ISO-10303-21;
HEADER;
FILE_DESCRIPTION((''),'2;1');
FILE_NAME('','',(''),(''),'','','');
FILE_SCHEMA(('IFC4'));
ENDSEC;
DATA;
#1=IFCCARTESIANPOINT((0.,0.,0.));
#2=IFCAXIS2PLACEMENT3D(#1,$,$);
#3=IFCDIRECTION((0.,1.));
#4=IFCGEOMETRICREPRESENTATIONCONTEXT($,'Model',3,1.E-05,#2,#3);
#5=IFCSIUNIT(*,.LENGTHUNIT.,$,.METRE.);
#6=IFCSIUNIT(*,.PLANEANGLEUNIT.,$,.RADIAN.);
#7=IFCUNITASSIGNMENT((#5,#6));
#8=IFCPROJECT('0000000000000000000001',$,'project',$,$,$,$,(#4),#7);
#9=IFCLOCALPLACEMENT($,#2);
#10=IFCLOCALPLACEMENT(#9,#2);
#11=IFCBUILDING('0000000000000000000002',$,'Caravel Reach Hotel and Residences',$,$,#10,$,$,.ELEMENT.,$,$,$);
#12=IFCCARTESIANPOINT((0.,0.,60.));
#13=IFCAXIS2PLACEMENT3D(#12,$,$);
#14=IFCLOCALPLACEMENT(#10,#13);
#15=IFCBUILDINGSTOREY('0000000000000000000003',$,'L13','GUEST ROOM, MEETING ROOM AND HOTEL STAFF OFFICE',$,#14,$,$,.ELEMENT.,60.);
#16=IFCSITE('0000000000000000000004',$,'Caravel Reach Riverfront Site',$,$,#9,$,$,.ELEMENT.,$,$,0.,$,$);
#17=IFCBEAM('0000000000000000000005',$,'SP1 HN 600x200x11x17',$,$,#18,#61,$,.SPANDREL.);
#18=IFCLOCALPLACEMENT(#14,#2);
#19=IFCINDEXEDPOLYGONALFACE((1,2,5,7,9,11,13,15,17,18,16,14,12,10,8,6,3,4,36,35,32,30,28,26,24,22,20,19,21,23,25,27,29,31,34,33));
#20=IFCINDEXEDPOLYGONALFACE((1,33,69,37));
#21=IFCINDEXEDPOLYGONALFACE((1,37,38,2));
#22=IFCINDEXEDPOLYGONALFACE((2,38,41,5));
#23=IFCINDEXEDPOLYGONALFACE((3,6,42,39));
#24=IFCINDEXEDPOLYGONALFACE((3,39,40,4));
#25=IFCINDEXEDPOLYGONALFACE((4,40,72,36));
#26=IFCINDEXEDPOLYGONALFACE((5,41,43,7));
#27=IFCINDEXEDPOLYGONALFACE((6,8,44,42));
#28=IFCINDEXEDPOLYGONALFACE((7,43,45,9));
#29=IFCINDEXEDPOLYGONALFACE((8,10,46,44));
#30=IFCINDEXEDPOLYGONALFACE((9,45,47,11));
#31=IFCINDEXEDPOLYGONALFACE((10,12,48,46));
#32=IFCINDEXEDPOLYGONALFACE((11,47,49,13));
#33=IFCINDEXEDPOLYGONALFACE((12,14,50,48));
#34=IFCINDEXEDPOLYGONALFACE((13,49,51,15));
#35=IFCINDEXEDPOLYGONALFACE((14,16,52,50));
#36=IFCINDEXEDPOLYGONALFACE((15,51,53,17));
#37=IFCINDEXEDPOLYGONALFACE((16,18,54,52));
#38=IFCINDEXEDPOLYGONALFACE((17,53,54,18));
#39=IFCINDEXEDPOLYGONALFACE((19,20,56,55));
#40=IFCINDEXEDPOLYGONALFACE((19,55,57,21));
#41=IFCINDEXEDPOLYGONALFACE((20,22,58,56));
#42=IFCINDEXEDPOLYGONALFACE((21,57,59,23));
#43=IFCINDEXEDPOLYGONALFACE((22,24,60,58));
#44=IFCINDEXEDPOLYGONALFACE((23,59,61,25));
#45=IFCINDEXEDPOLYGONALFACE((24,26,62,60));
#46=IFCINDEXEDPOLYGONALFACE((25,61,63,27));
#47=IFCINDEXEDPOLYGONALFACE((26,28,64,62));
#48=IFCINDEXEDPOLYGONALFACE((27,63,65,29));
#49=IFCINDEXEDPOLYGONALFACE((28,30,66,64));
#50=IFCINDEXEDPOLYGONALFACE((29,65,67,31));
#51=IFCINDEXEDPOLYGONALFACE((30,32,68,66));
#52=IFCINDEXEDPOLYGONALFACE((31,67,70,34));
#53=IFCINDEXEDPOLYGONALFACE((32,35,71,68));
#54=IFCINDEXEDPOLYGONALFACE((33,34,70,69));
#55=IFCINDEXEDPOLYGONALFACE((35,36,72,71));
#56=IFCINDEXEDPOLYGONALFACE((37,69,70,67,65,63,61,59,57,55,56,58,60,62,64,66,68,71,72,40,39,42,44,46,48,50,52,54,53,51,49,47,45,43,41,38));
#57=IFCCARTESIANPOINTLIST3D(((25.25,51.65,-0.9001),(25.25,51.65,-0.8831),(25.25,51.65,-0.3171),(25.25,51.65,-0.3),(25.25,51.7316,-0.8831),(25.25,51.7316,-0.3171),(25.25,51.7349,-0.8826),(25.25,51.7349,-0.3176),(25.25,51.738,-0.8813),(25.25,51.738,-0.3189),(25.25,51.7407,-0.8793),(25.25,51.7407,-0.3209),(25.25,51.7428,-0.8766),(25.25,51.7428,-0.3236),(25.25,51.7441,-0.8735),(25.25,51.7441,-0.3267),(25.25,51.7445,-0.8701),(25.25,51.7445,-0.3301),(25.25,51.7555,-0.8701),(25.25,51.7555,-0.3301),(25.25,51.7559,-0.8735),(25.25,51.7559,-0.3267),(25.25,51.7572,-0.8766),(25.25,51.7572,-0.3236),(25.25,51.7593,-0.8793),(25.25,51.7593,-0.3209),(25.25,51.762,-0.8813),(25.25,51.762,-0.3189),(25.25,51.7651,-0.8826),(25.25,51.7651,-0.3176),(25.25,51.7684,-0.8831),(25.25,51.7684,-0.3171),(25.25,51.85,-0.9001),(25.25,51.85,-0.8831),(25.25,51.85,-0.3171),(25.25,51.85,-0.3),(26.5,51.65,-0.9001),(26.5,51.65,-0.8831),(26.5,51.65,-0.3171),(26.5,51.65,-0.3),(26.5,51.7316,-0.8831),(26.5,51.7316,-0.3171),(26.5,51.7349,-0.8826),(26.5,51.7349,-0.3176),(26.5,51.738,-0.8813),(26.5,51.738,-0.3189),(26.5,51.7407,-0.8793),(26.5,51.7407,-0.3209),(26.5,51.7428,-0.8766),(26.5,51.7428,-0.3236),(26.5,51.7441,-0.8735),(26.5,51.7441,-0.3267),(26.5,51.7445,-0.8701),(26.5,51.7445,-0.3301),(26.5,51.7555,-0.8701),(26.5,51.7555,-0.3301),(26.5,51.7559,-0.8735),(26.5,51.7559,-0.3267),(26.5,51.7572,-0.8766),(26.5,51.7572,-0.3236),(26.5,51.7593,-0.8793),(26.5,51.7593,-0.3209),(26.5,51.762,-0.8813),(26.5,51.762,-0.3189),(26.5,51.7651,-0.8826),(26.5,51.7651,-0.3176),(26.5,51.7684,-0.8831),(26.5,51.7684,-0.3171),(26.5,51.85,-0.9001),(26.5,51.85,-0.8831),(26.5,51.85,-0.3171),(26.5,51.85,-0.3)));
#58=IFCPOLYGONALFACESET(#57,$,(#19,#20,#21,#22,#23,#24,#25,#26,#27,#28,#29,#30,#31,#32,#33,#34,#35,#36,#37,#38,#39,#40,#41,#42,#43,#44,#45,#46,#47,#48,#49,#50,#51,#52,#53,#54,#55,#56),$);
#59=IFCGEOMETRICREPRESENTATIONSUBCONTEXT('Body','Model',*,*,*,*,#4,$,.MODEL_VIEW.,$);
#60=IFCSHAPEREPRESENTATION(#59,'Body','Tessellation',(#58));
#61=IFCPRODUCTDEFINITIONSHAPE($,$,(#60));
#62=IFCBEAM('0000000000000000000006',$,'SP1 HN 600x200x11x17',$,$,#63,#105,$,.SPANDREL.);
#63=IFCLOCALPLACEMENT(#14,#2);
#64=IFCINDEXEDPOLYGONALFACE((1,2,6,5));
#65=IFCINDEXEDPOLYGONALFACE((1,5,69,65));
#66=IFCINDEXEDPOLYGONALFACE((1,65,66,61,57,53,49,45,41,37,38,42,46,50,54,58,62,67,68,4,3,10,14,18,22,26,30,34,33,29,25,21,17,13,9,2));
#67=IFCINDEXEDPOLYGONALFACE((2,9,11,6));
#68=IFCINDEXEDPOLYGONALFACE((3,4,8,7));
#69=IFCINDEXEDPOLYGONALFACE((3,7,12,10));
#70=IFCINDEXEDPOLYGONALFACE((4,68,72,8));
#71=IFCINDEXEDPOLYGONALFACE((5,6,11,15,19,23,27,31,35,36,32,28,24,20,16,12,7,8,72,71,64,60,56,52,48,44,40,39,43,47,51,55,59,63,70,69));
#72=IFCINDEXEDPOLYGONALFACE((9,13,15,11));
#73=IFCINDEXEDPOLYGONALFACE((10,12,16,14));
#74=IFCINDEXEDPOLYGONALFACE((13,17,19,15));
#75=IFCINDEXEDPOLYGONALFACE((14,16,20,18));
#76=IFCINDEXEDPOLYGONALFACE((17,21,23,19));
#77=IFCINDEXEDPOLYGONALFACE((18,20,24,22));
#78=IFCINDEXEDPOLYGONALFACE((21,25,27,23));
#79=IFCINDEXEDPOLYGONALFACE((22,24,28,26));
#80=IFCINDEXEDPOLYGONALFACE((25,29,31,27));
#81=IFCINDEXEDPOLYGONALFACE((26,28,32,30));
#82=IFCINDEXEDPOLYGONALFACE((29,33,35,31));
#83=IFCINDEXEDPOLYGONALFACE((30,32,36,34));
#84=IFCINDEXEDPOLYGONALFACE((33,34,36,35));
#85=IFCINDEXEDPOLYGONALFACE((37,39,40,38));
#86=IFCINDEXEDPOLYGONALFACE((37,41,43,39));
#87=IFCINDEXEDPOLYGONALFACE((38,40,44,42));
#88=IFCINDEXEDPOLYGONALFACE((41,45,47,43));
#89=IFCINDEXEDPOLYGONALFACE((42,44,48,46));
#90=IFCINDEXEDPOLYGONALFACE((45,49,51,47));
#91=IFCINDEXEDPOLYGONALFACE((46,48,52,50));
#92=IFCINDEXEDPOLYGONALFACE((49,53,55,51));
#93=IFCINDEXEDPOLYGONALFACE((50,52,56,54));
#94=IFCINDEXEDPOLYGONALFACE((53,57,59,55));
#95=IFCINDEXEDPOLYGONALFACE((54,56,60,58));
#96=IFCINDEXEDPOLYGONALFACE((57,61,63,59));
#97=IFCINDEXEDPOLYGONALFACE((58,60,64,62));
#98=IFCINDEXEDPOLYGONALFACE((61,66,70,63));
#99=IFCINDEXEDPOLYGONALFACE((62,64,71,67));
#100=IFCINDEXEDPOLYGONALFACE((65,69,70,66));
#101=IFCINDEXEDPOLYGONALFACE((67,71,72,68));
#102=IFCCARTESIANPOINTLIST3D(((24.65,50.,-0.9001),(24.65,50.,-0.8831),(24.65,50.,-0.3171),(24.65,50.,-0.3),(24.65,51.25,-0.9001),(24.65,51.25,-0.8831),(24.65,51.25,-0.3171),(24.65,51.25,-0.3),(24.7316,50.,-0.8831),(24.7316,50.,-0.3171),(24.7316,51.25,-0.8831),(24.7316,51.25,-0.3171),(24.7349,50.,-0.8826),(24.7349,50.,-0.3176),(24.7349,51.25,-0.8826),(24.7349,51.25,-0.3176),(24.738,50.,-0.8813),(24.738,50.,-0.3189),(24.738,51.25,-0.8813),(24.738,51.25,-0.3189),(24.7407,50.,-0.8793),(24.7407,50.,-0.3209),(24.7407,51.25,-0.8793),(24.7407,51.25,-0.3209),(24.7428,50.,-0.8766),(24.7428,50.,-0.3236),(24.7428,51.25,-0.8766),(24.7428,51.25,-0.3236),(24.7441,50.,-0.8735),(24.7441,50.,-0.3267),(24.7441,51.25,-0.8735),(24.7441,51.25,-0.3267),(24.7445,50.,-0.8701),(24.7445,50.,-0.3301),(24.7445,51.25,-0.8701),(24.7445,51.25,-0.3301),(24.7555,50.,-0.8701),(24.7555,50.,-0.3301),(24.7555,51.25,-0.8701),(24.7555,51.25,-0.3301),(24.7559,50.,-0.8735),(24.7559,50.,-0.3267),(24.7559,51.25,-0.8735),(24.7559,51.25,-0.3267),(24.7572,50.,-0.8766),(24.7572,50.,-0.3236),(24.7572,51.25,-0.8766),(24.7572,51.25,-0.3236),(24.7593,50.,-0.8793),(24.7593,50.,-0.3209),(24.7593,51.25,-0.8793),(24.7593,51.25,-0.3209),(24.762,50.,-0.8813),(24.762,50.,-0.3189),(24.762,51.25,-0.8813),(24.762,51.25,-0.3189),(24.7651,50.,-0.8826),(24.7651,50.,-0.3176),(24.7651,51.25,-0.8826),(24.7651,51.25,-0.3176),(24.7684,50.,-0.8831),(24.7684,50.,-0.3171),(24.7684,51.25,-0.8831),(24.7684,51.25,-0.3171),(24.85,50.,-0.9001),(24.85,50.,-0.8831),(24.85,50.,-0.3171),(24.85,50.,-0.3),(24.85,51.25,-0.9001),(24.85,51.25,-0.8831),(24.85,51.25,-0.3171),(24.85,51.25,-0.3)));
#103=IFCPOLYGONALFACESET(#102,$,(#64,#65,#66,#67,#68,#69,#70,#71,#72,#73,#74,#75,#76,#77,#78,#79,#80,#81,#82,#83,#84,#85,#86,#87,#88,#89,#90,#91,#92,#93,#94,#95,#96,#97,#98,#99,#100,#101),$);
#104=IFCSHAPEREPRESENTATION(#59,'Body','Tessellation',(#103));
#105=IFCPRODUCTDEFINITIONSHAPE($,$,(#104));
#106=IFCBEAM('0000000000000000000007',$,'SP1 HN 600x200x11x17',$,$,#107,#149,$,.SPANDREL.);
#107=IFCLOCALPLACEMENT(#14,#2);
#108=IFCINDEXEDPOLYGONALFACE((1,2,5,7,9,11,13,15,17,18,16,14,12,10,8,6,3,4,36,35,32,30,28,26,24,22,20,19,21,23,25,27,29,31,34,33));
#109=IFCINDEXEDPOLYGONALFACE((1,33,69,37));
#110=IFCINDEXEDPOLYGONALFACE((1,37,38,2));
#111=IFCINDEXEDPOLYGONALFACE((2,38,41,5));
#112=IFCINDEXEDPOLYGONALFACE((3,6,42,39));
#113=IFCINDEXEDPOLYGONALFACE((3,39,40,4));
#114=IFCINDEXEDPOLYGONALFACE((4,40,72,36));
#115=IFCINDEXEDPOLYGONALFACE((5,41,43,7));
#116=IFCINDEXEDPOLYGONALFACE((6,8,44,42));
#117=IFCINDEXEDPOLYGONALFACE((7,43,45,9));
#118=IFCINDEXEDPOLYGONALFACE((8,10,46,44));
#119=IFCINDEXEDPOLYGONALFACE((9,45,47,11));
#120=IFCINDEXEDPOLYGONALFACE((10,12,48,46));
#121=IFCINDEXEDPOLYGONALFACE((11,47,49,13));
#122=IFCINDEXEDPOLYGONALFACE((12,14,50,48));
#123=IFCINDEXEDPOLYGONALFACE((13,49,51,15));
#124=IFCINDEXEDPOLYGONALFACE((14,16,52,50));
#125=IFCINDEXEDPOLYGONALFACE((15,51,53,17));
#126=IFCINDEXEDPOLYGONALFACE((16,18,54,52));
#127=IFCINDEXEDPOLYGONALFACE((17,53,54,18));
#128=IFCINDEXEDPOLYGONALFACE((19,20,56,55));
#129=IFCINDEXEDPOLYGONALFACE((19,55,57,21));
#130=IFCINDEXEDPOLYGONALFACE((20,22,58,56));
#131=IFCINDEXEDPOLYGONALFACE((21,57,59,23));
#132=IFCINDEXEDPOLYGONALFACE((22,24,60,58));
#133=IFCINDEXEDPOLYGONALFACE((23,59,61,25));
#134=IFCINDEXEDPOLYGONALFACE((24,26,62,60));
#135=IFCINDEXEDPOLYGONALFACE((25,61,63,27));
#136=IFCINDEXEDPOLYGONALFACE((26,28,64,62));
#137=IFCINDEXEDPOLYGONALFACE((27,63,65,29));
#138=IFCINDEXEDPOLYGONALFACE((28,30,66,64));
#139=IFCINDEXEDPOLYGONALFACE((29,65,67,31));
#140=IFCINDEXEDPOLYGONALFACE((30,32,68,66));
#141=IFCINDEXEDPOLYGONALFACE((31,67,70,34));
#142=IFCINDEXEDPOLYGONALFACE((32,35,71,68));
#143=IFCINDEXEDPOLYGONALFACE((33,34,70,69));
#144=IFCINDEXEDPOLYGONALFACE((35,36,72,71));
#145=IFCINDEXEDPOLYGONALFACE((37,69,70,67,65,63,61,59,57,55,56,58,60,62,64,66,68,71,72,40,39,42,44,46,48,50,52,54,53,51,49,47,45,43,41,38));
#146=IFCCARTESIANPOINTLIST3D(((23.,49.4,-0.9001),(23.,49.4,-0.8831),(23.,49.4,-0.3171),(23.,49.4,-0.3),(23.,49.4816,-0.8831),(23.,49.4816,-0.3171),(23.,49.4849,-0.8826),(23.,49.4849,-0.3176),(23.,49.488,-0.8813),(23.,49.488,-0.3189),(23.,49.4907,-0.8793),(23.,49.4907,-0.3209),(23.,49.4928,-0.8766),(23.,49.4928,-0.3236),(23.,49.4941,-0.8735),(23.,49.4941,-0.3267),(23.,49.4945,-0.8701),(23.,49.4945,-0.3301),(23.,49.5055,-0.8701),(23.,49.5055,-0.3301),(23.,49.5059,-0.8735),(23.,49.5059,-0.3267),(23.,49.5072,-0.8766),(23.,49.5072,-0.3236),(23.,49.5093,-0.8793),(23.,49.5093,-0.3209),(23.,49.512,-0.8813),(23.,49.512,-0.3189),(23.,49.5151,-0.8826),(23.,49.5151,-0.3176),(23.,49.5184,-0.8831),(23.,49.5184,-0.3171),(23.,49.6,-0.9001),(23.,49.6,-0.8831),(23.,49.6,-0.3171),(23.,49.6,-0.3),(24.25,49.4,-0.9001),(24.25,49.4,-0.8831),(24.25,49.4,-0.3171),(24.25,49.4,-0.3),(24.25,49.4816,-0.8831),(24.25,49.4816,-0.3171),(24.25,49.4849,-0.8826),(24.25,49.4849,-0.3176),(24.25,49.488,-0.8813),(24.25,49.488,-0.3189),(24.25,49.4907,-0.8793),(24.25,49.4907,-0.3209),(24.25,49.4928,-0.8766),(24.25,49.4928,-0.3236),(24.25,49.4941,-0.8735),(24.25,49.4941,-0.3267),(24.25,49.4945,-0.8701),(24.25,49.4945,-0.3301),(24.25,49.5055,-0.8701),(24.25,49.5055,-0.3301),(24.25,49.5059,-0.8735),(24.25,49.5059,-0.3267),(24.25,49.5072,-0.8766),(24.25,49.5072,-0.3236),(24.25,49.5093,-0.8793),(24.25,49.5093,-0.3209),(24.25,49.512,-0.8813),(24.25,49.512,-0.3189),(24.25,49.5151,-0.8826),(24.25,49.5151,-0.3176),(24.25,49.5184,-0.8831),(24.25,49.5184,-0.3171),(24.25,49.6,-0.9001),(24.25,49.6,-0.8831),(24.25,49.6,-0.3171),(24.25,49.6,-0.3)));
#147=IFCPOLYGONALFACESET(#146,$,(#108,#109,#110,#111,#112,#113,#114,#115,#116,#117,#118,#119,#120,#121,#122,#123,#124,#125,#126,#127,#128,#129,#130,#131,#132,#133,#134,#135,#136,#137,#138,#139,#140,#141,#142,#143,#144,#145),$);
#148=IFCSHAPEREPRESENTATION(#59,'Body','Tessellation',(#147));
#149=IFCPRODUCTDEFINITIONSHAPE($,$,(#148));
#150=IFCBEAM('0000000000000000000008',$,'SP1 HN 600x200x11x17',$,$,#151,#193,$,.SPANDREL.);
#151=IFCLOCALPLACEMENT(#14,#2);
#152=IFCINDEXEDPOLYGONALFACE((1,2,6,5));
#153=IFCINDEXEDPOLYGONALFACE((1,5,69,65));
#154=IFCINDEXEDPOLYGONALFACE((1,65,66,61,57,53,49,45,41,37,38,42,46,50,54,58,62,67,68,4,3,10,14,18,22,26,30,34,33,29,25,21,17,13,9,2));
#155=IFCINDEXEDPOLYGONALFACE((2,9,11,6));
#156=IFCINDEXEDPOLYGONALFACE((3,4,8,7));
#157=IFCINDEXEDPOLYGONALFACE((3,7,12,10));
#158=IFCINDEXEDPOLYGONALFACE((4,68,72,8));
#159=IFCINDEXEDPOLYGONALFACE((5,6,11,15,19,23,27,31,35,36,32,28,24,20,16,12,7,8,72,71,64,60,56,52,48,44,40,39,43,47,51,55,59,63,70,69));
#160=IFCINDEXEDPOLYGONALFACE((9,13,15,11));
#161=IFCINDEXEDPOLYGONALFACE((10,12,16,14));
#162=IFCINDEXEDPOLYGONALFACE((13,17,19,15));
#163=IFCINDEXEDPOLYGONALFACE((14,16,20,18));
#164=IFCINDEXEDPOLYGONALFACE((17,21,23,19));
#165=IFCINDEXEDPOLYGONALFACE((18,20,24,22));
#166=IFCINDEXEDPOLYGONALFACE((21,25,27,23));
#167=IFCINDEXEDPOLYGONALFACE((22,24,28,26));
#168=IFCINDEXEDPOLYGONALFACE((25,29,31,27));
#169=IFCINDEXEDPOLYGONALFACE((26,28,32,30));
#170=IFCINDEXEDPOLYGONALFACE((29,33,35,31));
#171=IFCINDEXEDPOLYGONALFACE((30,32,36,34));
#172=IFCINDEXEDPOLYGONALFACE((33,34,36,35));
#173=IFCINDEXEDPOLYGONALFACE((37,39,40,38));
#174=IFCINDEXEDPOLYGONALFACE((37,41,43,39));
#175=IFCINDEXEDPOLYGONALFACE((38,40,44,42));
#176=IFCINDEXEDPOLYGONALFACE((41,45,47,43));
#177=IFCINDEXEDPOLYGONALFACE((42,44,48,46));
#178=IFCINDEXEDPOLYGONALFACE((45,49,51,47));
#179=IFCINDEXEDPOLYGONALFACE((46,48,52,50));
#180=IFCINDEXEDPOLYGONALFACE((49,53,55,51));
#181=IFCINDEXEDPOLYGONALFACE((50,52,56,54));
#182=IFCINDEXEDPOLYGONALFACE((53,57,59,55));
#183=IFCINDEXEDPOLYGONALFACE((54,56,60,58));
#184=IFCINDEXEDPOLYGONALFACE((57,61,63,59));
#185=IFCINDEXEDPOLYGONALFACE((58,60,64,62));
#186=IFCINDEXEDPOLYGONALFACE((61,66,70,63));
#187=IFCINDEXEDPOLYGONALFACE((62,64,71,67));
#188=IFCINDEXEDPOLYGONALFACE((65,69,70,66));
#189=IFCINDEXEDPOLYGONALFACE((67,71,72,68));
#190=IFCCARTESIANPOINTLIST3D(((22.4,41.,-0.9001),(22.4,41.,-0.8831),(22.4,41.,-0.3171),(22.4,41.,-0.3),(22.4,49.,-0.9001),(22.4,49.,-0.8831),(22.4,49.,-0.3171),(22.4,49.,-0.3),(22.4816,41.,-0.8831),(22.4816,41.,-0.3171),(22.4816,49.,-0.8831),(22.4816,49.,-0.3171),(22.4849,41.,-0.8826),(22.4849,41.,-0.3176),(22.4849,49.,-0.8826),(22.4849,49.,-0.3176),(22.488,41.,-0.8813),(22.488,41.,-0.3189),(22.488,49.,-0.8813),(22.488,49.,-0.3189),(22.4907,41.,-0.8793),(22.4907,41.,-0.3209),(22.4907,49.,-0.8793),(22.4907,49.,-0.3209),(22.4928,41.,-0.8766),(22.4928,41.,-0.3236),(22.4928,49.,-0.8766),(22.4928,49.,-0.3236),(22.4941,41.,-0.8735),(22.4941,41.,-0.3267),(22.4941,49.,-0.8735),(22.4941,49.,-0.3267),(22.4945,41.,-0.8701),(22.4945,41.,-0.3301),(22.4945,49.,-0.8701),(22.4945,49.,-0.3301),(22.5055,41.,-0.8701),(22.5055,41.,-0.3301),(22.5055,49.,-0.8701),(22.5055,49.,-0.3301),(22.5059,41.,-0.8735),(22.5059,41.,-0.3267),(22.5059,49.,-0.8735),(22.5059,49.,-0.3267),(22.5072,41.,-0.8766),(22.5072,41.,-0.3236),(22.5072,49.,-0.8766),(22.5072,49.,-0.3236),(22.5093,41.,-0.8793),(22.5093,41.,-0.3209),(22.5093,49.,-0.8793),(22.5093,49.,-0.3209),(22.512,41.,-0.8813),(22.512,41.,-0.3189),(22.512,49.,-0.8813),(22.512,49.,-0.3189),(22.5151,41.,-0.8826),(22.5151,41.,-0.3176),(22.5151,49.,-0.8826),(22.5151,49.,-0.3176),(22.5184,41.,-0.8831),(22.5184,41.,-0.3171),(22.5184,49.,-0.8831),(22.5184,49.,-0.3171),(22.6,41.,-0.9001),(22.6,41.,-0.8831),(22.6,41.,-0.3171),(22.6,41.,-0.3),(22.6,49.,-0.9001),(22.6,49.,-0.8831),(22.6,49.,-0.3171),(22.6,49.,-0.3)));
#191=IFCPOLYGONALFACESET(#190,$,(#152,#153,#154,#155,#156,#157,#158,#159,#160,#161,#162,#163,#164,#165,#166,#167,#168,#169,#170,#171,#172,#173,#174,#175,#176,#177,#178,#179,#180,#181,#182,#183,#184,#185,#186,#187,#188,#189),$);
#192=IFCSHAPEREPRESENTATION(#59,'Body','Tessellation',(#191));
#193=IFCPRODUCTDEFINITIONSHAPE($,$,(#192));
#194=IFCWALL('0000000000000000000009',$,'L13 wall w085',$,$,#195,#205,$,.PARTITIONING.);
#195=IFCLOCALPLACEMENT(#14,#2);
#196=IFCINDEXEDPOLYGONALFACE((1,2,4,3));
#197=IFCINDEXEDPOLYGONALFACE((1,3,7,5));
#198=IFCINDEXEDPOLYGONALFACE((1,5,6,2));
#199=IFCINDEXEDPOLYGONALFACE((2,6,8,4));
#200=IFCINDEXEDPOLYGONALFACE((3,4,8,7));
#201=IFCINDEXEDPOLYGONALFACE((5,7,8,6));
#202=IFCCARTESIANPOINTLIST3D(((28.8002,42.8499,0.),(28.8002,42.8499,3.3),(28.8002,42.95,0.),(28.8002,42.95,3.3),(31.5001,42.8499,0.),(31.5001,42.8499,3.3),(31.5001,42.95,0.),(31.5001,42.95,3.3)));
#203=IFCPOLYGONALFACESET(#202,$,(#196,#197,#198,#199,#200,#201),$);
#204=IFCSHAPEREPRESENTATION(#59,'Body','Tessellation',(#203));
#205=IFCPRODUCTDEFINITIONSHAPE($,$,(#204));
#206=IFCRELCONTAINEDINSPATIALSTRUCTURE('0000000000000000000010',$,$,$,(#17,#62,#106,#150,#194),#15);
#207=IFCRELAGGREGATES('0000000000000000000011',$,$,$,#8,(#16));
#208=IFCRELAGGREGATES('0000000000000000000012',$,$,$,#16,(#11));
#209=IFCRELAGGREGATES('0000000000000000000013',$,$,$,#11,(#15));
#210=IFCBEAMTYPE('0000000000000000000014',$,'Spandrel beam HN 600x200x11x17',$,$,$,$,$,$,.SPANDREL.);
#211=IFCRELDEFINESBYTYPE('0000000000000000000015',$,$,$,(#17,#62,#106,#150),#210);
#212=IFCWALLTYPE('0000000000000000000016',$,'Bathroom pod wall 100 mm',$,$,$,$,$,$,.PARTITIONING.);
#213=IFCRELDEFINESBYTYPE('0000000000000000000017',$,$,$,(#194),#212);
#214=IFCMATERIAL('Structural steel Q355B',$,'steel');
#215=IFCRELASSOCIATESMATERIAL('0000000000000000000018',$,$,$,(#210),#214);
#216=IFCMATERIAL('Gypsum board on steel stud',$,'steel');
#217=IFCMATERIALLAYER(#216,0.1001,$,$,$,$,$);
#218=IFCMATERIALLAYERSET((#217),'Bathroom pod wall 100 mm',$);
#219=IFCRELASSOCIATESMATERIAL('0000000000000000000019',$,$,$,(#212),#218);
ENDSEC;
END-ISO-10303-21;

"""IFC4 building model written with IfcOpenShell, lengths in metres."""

from ifc_helpers import new_model, si_unit, direction, frame, frame_2d, origin, origin_2d, place, context, subcontext, project, spatial, rectangle, i_section, extrude, material, layer, layer_set, material_profile, profile_set, type_object, element, save


model = new_model("IFC4")

# Units and contexts
model_context = context("Model", 3, precision=1e-05, world=origin(), true_north=direction((0.0, 1.0)))
body_context = subcontext(model_context, "Body", "Model", "MODEL_VIEW")
ifc_project = project(units=[si_unit("LENGTHUNIT", "METRE"), si_unit("PLANEANGLEUNIT", "RADIAN")], contexts=[model_context])

# Site, building, storey
site_placement = place(None, origin())
site = spatial("IfcSite", under=ifc_project, at=site_placement, Name="Caravel Reach Riverfront Site", CompositionType="ELEMENT", RefElevation=0.0)
building_placement = place(site_placement, origin())
building = spatial("IfcBuilding", under=site, at=building_placement, Name="Caravel Reach Hotel and Residences", CompositionType="ELEMENT")
storey_placement = place(building_placement, frame((0.0, 0.0, 60.0)))
storey = spatial("IfcBuildingStorey", under=building, at=storey_placement, Name="L13", Description="GUEST ROOM, MEETING ROOM AND HOTEL STAFF OFFICE", CompositionType="ELEMENT", Elevation=60.0)

# Beams
ifc_material_1 = material(Name="Structural steel Q355B", Category="steel")
ifc_material_profile_1 = material_profile(ifc_material_1, i_section(OverallWidth=0.2, OverallDepth=0.6001, WebThickness=0.011, FlangeThickness=0.0171, FilletRadius=0.0129, at=origin_2d()), Name="HN 600x200x11x17")
ifc_profile_set_1 = profile_set([ifc_material_profile_1], Name="Structural steel Q355B")
beam_type_1 = type_object("IfcBeamType", Name="Spandrel beam HN 600x200x11x17", PredefinedType="SPANDREL", material=ifc_profile_set_1)
for number, where, z_axis, x_axis, name in (
    (1, (26.5, 51.75, -0.6001), (-1.0, 0.0, 0.0), (0.0, -1.0, 0.0), "SP1 HN 600x200x11x17"),
    (2, (24.75, 51.25, -0.6001), (0.0, -1.0, 0.0), (1.0, 0.0, 0.0), "SP1 HN 600x200x11x17"),
    (3, (24.25, 49.5, -0.6001), (-1.0, 0.0, 0.0), (0.0, -1.0, 0.0), "SP1 HN 600x200x11x17"),
):
    element("IfcBeam", number, at=place(storey_placement, frame(where, z_axis=z_axis, x_axis=x_axis)), inside=storey, type_object=beam_type_1, Name=name, PredefinedType="SPANDREL", context=body_context, shape_type="SweptSolid", body=[
        extrude(i_section(OverallWidth=0.2, OverallDepth=0.6001, WebThickness=0.011, FlangeThickness=0.0171, FilletRadius=0.0129, at=origin_2d()), origin(), (0.0, 0.0, 1.0), 1.25),
    ])
beam_1_placement = place(storey_placement, frame((22.5, 49.0, -0.6001), z_axis=(0.0, -1.0, 0.0), x_axis=(1.0, 0.0, 0.0)))
element("IfcBeam", 4, at=beam_1_placement, inside=storey, type_object=beam_type_1, Name="SP1 HN 600x200x11x17", PredefinedType="SPANDREL", context=body_context, shape_type="SweptSolid", body=[
    extrude(i_section(OverallWidth=0.2, OverallDepth=0.6001, WebThickness=0.011, FlangeThickness=0.0171, FilletRadius=0.0129, at=origin_2d()), origin(), (0.0, 0.0, 1.0), 8.0),
])

# Wall
ifc_material_2 = material(Name="Gypsum board on steel stud", Category="steel")
ifc_layer_1 = layer(ifc_material_2, 0.1001)
ifc_layer_set_1 = layer_set([ifc_layer_1], Name="Bathroom pod wall 100 mm")
wall_type_1 = type_object("IfcWallType", Name="Bathroom pod wall 100 mm", PredefinedType="PARTITIONING", material=ifc_layer_set_1)
wall_1_placement = place(storey_placement, frame((28.8, 42.8999, 0.0), z_axis=(0.0, 0.0, 1.0), x_axis=(1.0, 0.0, 0.0)))
element("IfcWall", 5, at=wall_1_placement, inside=storey, type_object=wall_type_1, Name="L13 wall w085", PredefinedType="PARTITIONING", context=body_context, shape_type="SweptSolid", body=[
    extrude(rectangle(XDim=2.7, YDim=0.1001, at=frame_2d((1.3501, 0.0))), origin(), (0.0, 0.0, 1.0), 3.3),
])

save(model, "model.ifc")
